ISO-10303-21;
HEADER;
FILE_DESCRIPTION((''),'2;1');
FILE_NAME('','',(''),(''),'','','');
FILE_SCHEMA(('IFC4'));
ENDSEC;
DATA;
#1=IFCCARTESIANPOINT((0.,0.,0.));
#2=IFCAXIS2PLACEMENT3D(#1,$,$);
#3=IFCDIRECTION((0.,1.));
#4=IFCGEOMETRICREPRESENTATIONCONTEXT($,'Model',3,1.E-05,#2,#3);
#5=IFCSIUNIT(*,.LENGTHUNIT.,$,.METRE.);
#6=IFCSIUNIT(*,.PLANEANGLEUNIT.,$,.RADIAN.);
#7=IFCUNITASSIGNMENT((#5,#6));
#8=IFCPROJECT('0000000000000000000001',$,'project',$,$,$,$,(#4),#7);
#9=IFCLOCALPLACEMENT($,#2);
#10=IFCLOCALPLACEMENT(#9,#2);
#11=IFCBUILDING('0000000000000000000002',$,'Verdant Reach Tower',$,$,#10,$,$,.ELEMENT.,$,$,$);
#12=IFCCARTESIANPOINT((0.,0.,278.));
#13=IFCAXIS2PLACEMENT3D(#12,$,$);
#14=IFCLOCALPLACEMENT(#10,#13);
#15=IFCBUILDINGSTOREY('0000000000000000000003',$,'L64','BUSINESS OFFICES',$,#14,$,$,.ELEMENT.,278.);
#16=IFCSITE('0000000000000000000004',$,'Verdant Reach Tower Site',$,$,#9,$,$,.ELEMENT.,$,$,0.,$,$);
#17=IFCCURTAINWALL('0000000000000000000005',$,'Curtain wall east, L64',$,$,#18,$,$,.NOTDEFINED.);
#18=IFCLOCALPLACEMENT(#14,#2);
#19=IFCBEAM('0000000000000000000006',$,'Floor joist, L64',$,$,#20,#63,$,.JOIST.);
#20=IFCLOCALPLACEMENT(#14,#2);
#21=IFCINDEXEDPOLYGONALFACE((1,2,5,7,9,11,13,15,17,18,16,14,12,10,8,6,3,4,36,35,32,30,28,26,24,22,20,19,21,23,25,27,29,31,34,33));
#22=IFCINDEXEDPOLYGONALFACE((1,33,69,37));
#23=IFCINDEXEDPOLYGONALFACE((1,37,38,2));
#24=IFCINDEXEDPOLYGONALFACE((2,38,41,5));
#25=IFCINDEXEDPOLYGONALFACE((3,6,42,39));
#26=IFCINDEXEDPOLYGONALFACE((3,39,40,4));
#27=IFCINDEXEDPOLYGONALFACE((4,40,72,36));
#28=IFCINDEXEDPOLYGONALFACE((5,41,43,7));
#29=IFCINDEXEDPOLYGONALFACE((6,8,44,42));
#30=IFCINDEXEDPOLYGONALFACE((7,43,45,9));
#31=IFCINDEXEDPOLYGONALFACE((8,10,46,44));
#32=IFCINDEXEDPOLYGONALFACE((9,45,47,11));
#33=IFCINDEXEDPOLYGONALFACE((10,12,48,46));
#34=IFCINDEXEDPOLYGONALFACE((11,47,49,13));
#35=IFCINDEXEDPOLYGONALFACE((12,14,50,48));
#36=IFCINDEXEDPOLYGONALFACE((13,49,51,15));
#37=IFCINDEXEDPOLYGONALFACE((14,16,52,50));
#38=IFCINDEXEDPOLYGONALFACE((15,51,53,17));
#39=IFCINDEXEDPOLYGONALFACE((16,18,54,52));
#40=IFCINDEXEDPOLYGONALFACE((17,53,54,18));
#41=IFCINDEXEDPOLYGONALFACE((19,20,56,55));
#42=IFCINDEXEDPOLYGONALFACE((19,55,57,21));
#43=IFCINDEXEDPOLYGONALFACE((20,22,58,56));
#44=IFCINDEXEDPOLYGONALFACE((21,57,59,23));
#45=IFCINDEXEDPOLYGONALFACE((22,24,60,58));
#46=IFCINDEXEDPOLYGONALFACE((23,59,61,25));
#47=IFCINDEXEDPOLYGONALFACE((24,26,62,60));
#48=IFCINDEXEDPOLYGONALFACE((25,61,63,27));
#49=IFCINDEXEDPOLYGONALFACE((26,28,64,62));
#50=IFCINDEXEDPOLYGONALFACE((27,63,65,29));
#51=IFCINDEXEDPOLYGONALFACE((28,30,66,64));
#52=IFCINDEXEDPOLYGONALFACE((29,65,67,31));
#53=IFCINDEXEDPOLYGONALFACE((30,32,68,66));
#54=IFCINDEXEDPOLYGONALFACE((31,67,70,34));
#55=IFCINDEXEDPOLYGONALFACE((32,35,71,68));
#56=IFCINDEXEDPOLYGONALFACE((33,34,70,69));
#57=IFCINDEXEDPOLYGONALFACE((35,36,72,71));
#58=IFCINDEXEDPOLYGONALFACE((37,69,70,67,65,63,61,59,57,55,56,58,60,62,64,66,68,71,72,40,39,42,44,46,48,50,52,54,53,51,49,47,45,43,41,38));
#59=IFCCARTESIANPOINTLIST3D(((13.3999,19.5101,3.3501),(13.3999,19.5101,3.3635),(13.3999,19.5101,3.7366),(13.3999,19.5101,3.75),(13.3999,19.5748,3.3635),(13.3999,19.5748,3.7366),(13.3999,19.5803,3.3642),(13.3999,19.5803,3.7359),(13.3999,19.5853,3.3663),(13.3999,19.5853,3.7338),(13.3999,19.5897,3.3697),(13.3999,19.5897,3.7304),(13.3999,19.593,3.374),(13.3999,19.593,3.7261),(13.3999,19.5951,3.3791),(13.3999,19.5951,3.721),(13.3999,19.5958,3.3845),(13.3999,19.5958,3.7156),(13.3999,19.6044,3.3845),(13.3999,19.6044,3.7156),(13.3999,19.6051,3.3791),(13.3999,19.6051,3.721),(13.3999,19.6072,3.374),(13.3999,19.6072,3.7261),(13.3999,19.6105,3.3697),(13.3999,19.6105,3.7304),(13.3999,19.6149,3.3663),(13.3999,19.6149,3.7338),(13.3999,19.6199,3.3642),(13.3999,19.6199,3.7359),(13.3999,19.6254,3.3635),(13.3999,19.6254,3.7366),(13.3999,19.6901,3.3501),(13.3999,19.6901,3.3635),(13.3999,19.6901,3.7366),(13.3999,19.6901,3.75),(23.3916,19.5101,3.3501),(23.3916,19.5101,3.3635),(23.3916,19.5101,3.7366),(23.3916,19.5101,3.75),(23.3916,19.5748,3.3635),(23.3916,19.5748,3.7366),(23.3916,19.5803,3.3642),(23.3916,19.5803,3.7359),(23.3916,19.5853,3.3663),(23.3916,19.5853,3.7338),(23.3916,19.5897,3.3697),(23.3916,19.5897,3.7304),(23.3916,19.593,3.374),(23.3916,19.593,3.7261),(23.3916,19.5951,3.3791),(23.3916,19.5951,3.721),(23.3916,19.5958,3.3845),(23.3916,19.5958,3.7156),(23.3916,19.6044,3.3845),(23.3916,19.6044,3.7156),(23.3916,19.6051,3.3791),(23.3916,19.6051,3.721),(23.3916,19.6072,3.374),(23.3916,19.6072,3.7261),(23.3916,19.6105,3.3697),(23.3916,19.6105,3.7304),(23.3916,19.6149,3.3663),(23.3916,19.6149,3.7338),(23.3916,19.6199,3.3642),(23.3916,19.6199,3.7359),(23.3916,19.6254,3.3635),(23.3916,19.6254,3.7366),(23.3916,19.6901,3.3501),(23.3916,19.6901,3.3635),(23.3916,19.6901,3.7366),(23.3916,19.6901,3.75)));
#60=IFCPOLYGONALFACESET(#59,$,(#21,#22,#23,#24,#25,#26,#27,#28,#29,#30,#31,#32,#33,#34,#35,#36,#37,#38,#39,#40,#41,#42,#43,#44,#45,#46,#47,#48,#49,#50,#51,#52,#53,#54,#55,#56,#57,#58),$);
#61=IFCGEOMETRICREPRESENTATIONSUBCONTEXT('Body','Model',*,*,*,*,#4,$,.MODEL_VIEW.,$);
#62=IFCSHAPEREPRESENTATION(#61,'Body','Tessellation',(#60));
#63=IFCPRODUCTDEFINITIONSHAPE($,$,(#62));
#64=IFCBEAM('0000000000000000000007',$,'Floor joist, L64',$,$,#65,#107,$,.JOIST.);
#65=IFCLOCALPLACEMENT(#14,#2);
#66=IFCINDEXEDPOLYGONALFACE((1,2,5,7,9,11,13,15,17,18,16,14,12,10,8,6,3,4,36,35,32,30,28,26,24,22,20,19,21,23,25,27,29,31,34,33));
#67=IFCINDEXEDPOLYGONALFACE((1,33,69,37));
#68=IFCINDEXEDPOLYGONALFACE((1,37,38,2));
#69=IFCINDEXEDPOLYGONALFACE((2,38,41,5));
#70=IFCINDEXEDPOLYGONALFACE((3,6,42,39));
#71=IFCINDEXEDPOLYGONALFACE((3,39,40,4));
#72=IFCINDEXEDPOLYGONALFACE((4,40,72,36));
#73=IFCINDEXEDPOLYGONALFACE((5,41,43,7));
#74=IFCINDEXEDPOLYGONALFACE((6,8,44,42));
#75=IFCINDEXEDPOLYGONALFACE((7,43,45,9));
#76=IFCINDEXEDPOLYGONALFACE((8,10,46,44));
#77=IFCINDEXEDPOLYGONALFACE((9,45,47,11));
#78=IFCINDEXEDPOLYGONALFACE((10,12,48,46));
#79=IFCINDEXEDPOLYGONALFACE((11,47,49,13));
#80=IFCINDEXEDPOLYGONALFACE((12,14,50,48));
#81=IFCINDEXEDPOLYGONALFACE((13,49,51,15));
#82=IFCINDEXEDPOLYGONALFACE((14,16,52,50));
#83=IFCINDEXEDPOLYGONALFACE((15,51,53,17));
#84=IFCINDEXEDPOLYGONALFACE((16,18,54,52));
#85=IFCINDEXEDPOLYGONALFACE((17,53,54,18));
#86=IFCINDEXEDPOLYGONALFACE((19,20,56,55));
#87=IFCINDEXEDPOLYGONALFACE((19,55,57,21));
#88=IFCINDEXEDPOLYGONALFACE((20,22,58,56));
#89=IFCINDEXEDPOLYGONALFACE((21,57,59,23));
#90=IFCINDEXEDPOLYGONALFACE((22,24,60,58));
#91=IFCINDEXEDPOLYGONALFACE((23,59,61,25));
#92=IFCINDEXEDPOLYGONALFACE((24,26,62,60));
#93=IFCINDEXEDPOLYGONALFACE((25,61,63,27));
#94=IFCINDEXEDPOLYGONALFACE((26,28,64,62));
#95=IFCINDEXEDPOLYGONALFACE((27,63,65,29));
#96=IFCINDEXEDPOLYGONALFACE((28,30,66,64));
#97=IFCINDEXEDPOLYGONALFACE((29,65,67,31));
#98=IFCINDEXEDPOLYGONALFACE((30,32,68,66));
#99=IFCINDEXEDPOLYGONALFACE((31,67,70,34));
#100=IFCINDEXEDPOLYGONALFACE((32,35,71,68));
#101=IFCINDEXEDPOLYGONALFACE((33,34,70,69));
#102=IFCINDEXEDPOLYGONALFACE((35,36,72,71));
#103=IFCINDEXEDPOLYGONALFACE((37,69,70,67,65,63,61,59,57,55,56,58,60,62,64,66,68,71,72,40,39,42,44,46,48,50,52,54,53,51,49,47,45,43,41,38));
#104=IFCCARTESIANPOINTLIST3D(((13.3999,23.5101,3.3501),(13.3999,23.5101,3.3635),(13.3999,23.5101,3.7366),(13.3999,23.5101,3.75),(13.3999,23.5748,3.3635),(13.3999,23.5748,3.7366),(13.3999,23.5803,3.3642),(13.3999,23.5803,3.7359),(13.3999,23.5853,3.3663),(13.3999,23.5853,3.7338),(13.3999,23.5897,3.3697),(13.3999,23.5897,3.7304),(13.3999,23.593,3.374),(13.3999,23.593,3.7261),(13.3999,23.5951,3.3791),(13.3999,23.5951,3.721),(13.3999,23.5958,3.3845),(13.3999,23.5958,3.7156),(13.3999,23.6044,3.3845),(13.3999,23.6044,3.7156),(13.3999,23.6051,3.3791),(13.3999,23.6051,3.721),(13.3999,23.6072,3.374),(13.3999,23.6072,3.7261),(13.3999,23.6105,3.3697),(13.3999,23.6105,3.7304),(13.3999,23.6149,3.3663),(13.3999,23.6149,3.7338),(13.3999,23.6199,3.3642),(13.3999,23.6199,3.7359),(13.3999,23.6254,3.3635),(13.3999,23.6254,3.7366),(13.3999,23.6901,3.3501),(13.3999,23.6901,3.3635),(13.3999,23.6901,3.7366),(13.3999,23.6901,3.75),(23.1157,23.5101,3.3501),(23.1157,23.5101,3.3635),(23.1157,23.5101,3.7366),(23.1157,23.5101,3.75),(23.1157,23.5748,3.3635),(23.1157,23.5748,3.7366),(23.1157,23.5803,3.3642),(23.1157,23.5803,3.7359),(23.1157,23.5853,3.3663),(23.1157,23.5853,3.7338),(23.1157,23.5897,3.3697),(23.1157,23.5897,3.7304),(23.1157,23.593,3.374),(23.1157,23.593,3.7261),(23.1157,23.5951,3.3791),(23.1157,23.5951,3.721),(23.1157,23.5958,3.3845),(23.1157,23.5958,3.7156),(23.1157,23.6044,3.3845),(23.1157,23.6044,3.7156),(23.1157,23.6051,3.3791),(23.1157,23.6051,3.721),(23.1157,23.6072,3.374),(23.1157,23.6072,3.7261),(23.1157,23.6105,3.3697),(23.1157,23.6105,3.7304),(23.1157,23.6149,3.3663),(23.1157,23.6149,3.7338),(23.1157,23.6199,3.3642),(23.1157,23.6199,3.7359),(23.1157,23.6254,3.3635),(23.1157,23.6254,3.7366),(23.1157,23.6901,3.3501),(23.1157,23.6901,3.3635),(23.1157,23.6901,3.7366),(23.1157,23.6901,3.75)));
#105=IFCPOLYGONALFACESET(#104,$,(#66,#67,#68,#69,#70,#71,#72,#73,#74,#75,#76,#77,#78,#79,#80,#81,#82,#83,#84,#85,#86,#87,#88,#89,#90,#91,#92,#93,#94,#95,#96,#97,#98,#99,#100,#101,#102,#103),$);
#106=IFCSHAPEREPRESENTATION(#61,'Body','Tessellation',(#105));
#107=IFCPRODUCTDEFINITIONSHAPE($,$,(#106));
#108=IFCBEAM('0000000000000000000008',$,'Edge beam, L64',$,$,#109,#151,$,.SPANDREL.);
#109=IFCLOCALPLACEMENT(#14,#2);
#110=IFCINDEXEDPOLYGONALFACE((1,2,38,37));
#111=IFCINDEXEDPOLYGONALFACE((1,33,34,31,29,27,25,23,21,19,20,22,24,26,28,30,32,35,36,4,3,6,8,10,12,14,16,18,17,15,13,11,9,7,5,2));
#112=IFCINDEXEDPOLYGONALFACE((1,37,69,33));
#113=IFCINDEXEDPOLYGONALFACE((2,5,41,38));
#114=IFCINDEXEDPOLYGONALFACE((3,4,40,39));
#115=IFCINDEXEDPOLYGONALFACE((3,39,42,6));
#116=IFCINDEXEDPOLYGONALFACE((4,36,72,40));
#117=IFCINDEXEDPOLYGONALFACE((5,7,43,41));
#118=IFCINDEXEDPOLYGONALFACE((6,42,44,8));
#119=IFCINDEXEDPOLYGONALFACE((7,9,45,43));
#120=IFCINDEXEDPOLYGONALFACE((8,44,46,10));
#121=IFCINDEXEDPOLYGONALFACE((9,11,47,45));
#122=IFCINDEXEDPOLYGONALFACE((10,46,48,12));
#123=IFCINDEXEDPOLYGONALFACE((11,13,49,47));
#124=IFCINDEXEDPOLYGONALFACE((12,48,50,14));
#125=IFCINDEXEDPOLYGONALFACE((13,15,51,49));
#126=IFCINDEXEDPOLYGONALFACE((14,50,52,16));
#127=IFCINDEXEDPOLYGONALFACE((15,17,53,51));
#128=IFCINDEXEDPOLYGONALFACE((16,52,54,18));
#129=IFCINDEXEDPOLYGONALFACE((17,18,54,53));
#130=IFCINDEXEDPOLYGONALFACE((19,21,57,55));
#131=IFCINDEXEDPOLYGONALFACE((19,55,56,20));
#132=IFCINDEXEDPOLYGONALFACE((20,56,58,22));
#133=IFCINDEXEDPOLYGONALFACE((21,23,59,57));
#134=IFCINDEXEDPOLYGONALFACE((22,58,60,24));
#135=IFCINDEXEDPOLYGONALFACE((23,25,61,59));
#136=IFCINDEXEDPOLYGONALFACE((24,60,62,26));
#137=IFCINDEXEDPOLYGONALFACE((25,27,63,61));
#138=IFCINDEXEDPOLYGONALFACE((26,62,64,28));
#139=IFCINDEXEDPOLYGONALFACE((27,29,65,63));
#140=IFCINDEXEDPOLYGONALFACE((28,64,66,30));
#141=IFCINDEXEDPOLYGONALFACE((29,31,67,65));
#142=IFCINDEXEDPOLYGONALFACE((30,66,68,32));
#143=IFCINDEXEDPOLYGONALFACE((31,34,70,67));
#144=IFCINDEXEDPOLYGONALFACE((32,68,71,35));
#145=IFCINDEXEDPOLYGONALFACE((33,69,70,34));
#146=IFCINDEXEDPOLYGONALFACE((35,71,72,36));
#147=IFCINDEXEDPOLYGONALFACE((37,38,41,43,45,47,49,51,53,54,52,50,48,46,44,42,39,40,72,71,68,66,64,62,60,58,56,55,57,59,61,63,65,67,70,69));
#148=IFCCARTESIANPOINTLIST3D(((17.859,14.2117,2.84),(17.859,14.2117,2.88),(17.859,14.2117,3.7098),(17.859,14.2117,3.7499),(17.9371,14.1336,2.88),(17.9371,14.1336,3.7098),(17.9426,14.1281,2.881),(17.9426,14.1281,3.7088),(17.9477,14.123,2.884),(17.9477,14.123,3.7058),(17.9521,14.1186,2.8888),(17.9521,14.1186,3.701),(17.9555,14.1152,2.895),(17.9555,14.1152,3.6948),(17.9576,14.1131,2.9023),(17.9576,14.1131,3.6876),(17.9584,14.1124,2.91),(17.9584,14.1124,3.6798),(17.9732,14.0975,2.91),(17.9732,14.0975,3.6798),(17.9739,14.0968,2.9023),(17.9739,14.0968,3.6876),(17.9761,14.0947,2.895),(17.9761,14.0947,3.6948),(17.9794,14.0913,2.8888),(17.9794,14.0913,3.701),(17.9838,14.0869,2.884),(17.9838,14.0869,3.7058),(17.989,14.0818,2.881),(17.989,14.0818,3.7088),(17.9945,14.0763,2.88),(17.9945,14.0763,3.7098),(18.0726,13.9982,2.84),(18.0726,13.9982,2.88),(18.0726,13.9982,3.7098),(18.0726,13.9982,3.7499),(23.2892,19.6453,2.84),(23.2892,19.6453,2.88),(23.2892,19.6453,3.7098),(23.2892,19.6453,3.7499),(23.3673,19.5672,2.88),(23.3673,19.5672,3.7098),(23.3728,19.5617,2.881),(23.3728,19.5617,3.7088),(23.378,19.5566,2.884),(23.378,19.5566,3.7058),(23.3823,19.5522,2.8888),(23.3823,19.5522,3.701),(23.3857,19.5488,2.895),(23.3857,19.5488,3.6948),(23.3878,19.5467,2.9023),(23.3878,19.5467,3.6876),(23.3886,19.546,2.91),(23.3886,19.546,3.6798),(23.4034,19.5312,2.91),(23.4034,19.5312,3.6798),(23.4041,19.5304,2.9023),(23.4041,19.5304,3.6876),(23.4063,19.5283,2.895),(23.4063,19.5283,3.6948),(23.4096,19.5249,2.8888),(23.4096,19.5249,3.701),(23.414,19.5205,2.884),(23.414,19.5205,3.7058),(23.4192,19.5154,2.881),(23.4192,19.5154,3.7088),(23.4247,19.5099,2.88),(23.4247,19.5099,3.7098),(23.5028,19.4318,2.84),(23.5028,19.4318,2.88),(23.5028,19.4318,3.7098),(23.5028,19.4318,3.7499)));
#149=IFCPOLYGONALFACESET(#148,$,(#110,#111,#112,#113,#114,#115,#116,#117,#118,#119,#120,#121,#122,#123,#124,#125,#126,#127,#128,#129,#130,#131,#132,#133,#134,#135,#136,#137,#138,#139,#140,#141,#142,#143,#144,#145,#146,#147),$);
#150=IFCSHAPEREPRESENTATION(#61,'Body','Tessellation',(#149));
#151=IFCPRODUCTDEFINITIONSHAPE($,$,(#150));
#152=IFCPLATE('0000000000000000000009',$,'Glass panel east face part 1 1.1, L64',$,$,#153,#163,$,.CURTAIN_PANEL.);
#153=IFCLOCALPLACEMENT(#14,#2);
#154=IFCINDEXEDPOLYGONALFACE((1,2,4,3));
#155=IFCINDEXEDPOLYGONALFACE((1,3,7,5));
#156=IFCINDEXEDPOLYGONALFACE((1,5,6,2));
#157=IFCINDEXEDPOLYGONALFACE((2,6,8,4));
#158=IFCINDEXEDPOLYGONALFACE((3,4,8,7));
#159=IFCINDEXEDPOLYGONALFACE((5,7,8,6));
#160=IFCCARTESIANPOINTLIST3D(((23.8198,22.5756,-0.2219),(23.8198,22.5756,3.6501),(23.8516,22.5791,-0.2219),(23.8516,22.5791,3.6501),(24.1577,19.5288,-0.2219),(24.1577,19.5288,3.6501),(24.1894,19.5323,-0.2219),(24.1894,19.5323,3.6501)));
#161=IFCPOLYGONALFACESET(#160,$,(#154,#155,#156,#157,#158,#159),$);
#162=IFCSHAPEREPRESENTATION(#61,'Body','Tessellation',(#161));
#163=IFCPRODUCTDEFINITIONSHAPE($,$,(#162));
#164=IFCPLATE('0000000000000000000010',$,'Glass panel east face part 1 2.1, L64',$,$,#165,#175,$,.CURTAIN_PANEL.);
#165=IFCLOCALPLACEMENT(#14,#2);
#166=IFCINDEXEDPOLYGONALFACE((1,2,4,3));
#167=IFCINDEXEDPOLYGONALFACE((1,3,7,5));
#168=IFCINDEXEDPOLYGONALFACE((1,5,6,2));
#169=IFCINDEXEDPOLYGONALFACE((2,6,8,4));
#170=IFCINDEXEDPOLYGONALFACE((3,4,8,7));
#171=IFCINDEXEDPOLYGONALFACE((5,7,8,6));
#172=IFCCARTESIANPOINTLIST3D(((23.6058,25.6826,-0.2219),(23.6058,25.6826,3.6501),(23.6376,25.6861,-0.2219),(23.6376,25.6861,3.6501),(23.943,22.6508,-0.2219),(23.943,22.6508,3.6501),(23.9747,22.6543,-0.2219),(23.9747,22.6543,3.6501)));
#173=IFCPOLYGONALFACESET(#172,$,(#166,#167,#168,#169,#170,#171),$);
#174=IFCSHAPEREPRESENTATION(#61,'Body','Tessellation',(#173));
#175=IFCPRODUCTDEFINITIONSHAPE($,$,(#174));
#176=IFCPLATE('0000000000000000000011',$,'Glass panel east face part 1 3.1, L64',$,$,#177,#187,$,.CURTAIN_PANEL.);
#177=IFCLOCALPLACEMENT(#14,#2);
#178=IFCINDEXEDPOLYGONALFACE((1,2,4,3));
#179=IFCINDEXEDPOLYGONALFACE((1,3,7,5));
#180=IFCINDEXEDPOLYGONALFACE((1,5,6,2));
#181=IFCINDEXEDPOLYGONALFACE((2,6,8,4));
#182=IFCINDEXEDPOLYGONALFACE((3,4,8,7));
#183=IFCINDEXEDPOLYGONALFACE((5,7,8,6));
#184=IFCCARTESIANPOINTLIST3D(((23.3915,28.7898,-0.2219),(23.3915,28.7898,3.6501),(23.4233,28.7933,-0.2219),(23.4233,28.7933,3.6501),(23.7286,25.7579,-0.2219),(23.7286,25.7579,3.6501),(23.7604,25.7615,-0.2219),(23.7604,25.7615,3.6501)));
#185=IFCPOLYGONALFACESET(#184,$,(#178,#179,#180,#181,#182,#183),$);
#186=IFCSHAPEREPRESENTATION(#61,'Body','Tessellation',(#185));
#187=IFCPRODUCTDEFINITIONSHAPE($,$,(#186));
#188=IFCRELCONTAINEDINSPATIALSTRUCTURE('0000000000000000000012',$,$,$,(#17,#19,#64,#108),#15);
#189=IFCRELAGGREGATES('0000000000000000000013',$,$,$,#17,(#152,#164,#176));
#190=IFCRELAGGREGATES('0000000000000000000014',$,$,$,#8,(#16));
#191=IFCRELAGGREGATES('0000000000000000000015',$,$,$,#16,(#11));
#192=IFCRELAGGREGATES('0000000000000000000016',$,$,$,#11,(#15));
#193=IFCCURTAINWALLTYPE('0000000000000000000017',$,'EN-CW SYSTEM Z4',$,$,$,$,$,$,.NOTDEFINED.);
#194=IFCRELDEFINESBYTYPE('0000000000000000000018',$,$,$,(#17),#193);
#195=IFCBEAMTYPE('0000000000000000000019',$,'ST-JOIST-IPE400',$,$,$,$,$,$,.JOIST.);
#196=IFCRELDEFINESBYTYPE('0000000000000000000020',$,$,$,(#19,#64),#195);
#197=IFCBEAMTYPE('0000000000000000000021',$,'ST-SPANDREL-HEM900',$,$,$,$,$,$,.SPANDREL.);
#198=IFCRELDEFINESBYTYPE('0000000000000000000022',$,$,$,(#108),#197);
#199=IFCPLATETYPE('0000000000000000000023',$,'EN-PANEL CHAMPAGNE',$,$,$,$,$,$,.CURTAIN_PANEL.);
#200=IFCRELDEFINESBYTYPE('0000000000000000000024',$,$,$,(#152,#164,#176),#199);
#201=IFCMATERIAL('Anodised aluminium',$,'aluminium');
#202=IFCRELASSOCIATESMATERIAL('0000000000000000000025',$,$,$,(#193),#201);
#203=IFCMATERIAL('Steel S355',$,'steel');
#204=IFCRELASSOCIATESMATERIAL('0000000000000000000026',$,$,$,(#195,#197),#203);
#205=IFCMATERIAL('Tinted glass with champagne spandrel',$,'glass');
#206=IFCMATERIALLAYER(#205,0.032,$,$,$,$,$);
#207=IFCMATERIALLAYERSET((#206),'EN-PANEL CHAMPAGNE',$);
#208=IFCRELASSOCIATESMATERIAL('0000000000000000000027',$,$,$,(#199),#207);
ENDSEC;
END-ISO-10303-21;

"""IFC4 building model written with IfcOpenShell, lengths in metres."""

from ifc_helpers import new_model, si_unit, direction, frame, origin, origin_2d, place, context, subcontext, project, spatial, rectangle, i_section, extrude, material, layer, layer_set, material_profile, profile_set, type_object, element, aggregate, save


model = new_model("IFC4")

# Units and contexts
model_context = context("Model", 3, precision=1e-05, world=origin(), true_north=direction((0.0, 1.0)))
body_context = subcontext(model_context, "Body", "Model", "MODEL_VIEW")
ifc_project = project(units=[si_unit("LENGTHUNIT", "METRE"), si_unit("PLANEANGLEUNIT", "RADIAN")], contexts=[model_context])

# Site, building, storey
site_placement = place(None, origin())
site = spatial("IfcSite", under=ifc_project, at=site_placement, Name="Verdant Reach Tower Site", CompositionType="ELEMENT", RefElevation=0.0)
building_placement = place(site_placement, origin())
building = spatial("IfcBuilding", under=site, at=building_placement, Name="Verdant Reach Tower", CompositionType="ELEMENT")
storey_placement = place(building_placement, frame((0.0, 0.0, 278.0)))
storey = spatial("IfcBuildingStorey", under=building, at=storey_placement, Name="L64", Description="BUSINESS OFFICES", CompositionType="ELEMENT", Elevation=278.0)

# Curtain wall
ifc_material_1 = material(Name="Anodised aluminium", Category="aluminium")
curtain_wall_type = type_object("IfcCurtainWallType", Name="EN-CW SYSTEM Z4", PredefinedType="NOTDEFINED", material=ifc_material_1)
curtain_wall_placement = place(storey_placement, origin())
curtain_wall = element("IfcCurtainWall", 1, at=curtain_wall_placement, inside=storey, type_object=curtain_wall_type, Name="Curtain wall east, L64", PredefinedType="NOTDEFINED")

# Beams
ifc_material_2 = material(Name="Steel S355", Category="steel")
ifc_material_profile_1 = material_profile(ifc_material_2, i_section(OverallWidth=0.1799, OverallDepth=0.3999, WebThickness=0.0085, FlangeThickness=0.0134, FilletRadius=0.021, at=origin_2d()), Name="IPE 400")
ifc_profile_set_1 = profile_set([ifc_material_profile_1], Name="Steel S355")
beam_type_1 = type_object("IfcBeamType", Name="ST-JOIST-IPE400", PredefinedType="JOIST", material=ifc_profile_set_1)
beam_1_placement = place(storey_placement, frame((13.3999, 19.6001, 3.55), z_axis=(1.0, 0.0, 0.0), x_axis=(0.0, 1.0, 0.0)))
element("IfcBeam", 2, at=beam_1_placement, inside=storey, type_object=beam_type_1, Name="Floor joist, L64", PredefinedType="JOIST", context=body_context, shape_type="SweptSolid", body=[
    extrude(i_section(OverallWidth=0.1799, OverallDepth=0.3999, WebThickness=0.0085, FlangeThickness=0.0134, FilletRadius=0.021, at=origin_2d()), origin(), (0.0, 0.0, 1.0), 9.9917),
])
beam_2_placement = place(storey_placement, frame((13.3999, 23.6001, 3.55), z_axis=(1.0, 0.0, 0.0), x_axis=(0.0, 1.0, 0.0)))
element("IfcBeam", 3, at=beam_2_placement, inside=storey, type_object=beam_type_1, Name="Floor joist, L64", PredefinedType="JOIST", context=body_context, shape_type="SweptSolid", body=[
    extrude(i_section(OverallWidth=0.1799, OverallDepth=0.3999, WebThickness=0.0085, FlangeThickness=0.0134, FilletRadius=0.021, at=origin_2d()), origin(), (0.0, 0.0, 1.0), 9.7158),
])
ifc_material_profile_2 = material_profile(ifc_material_2, i_section(OverallWidth=0.302, OverallDepth=0.9099, WebThickness=0.021, FlangeThickness=0.04, FilletRadius=0.03, at=origin_2d()), Name="HEM 900")
ifc_profile_set_2 = profile_set([ifc_material_profile_2], Name="Steel S355")
beam_type_2 = type_object("IfcBeamType", Name="ST-SPANDREL-HEM900", PredefinedType="SPANDREL", material=ifc_profile_set_2)
beam_3_placement = place(storey_placement, frame((23.396, 19.5386, 3.2949), z_axis=(-0.706884, -0.707329, 0.0), x_axis=(0.707329, -0.706884, 0.0)))
element("IfcBeam", 4, at=beam_3_placement, inside=storey, type_object=beam_type_2, Name="Edge beam, L64", PredefinedType="SPANDREL", context=body_context, shape_type="SweptSolid", body=[
    extrude(i_section(OverallWidth=0.302, OverallDepth=0.9099, WebThickness=0.021, FlangeThickness=0.04, FilletRadius=0.03, at=origin_2d()), origin(), (0.0, 0.0, 1.0), 7.6819),
])

# Plates
ifc_material_3 = material(Name="Tinted glass with champagne spandrel", Category="glass")
ifc_layer_1 = layer(ifc_material_3, 0.032)
ifc_layer_set_1 = layer_set([ifc_layer_1], Name="EN-PANEL CHAMPAGNE")
plate_type_1 = type_object("IfcPlateType", Name="EN-PANEL CHAMPAGNE", PredefinedType="CURTAIN_PANEL", material=ifc_layer_set_1)
plate_1_placement = place(storey_placement, frame((24.0046, 21.054, -0.2219), z_axis=(0.0, 0.0, 1.0), x_axis=(-0.110206, 0.993909, 0.0)))
plate_1 = element("IfcPlate", 5, at=plate_1_placement, type_object=plate_type_1, Name="Glass panel east face part 1 1.1, L64", PredefinedType="CURTAIN_PANEL", context=body_context, shape_type="SweptSolid", body=[
    extrude(rectangle(XDim=3.0654, YDim=0.032, at=origin_2d()), origin(), (0.0, 0.0, 1.0), 3.8721),
])
plate_2_placement = place(storey_placement, frame((23.7903, 24.1685, -0.2219), z_axis=(0.0, 0.0, 1.0), x_axis=(-0.110518, 0.993874, 0.0)))
plate_2 = element("IfcPlate", 6, at=plate_2_placement, type_object=plate_type_1, Name="Glass panel east face part 1 2.1, L64", PredefinedType="CURTAIN_PANEL", context=body_context, shape_type="SweptSolid", body=[
    extrude(rectangle(XDim=3.0505, YDim=0.032, at=origin_2d()), origin(), (0.0, 0.0, 1.0), 3.8721),
])
plate_3_placement = place(storey_placement, frame((23.5759, 27.2756, -0.2219), z_axis=(0.0, 0.0, 1.0), x_axis=(-0.110518, 0.993874, 0.0)))
plate_3 = element("IfcPlate", 7, at=plate_3_placement, type_object=plate_type_1, Name="Glass panel east face part 1 3.1, L64", PredefinedType="CURTAIN_PANEL", context=body_context, shape_type="SweptSolid", body=[
    extrude(rectangle(XDim=3.0505, YDim=0.032, at=origin_2d()), origin(), (0.0, 0.0, 1.0), 3.8721),
])
aggregate(curtain_wall, [plate_1, plate_2, plate_3])

save(model, "model.ifc")
